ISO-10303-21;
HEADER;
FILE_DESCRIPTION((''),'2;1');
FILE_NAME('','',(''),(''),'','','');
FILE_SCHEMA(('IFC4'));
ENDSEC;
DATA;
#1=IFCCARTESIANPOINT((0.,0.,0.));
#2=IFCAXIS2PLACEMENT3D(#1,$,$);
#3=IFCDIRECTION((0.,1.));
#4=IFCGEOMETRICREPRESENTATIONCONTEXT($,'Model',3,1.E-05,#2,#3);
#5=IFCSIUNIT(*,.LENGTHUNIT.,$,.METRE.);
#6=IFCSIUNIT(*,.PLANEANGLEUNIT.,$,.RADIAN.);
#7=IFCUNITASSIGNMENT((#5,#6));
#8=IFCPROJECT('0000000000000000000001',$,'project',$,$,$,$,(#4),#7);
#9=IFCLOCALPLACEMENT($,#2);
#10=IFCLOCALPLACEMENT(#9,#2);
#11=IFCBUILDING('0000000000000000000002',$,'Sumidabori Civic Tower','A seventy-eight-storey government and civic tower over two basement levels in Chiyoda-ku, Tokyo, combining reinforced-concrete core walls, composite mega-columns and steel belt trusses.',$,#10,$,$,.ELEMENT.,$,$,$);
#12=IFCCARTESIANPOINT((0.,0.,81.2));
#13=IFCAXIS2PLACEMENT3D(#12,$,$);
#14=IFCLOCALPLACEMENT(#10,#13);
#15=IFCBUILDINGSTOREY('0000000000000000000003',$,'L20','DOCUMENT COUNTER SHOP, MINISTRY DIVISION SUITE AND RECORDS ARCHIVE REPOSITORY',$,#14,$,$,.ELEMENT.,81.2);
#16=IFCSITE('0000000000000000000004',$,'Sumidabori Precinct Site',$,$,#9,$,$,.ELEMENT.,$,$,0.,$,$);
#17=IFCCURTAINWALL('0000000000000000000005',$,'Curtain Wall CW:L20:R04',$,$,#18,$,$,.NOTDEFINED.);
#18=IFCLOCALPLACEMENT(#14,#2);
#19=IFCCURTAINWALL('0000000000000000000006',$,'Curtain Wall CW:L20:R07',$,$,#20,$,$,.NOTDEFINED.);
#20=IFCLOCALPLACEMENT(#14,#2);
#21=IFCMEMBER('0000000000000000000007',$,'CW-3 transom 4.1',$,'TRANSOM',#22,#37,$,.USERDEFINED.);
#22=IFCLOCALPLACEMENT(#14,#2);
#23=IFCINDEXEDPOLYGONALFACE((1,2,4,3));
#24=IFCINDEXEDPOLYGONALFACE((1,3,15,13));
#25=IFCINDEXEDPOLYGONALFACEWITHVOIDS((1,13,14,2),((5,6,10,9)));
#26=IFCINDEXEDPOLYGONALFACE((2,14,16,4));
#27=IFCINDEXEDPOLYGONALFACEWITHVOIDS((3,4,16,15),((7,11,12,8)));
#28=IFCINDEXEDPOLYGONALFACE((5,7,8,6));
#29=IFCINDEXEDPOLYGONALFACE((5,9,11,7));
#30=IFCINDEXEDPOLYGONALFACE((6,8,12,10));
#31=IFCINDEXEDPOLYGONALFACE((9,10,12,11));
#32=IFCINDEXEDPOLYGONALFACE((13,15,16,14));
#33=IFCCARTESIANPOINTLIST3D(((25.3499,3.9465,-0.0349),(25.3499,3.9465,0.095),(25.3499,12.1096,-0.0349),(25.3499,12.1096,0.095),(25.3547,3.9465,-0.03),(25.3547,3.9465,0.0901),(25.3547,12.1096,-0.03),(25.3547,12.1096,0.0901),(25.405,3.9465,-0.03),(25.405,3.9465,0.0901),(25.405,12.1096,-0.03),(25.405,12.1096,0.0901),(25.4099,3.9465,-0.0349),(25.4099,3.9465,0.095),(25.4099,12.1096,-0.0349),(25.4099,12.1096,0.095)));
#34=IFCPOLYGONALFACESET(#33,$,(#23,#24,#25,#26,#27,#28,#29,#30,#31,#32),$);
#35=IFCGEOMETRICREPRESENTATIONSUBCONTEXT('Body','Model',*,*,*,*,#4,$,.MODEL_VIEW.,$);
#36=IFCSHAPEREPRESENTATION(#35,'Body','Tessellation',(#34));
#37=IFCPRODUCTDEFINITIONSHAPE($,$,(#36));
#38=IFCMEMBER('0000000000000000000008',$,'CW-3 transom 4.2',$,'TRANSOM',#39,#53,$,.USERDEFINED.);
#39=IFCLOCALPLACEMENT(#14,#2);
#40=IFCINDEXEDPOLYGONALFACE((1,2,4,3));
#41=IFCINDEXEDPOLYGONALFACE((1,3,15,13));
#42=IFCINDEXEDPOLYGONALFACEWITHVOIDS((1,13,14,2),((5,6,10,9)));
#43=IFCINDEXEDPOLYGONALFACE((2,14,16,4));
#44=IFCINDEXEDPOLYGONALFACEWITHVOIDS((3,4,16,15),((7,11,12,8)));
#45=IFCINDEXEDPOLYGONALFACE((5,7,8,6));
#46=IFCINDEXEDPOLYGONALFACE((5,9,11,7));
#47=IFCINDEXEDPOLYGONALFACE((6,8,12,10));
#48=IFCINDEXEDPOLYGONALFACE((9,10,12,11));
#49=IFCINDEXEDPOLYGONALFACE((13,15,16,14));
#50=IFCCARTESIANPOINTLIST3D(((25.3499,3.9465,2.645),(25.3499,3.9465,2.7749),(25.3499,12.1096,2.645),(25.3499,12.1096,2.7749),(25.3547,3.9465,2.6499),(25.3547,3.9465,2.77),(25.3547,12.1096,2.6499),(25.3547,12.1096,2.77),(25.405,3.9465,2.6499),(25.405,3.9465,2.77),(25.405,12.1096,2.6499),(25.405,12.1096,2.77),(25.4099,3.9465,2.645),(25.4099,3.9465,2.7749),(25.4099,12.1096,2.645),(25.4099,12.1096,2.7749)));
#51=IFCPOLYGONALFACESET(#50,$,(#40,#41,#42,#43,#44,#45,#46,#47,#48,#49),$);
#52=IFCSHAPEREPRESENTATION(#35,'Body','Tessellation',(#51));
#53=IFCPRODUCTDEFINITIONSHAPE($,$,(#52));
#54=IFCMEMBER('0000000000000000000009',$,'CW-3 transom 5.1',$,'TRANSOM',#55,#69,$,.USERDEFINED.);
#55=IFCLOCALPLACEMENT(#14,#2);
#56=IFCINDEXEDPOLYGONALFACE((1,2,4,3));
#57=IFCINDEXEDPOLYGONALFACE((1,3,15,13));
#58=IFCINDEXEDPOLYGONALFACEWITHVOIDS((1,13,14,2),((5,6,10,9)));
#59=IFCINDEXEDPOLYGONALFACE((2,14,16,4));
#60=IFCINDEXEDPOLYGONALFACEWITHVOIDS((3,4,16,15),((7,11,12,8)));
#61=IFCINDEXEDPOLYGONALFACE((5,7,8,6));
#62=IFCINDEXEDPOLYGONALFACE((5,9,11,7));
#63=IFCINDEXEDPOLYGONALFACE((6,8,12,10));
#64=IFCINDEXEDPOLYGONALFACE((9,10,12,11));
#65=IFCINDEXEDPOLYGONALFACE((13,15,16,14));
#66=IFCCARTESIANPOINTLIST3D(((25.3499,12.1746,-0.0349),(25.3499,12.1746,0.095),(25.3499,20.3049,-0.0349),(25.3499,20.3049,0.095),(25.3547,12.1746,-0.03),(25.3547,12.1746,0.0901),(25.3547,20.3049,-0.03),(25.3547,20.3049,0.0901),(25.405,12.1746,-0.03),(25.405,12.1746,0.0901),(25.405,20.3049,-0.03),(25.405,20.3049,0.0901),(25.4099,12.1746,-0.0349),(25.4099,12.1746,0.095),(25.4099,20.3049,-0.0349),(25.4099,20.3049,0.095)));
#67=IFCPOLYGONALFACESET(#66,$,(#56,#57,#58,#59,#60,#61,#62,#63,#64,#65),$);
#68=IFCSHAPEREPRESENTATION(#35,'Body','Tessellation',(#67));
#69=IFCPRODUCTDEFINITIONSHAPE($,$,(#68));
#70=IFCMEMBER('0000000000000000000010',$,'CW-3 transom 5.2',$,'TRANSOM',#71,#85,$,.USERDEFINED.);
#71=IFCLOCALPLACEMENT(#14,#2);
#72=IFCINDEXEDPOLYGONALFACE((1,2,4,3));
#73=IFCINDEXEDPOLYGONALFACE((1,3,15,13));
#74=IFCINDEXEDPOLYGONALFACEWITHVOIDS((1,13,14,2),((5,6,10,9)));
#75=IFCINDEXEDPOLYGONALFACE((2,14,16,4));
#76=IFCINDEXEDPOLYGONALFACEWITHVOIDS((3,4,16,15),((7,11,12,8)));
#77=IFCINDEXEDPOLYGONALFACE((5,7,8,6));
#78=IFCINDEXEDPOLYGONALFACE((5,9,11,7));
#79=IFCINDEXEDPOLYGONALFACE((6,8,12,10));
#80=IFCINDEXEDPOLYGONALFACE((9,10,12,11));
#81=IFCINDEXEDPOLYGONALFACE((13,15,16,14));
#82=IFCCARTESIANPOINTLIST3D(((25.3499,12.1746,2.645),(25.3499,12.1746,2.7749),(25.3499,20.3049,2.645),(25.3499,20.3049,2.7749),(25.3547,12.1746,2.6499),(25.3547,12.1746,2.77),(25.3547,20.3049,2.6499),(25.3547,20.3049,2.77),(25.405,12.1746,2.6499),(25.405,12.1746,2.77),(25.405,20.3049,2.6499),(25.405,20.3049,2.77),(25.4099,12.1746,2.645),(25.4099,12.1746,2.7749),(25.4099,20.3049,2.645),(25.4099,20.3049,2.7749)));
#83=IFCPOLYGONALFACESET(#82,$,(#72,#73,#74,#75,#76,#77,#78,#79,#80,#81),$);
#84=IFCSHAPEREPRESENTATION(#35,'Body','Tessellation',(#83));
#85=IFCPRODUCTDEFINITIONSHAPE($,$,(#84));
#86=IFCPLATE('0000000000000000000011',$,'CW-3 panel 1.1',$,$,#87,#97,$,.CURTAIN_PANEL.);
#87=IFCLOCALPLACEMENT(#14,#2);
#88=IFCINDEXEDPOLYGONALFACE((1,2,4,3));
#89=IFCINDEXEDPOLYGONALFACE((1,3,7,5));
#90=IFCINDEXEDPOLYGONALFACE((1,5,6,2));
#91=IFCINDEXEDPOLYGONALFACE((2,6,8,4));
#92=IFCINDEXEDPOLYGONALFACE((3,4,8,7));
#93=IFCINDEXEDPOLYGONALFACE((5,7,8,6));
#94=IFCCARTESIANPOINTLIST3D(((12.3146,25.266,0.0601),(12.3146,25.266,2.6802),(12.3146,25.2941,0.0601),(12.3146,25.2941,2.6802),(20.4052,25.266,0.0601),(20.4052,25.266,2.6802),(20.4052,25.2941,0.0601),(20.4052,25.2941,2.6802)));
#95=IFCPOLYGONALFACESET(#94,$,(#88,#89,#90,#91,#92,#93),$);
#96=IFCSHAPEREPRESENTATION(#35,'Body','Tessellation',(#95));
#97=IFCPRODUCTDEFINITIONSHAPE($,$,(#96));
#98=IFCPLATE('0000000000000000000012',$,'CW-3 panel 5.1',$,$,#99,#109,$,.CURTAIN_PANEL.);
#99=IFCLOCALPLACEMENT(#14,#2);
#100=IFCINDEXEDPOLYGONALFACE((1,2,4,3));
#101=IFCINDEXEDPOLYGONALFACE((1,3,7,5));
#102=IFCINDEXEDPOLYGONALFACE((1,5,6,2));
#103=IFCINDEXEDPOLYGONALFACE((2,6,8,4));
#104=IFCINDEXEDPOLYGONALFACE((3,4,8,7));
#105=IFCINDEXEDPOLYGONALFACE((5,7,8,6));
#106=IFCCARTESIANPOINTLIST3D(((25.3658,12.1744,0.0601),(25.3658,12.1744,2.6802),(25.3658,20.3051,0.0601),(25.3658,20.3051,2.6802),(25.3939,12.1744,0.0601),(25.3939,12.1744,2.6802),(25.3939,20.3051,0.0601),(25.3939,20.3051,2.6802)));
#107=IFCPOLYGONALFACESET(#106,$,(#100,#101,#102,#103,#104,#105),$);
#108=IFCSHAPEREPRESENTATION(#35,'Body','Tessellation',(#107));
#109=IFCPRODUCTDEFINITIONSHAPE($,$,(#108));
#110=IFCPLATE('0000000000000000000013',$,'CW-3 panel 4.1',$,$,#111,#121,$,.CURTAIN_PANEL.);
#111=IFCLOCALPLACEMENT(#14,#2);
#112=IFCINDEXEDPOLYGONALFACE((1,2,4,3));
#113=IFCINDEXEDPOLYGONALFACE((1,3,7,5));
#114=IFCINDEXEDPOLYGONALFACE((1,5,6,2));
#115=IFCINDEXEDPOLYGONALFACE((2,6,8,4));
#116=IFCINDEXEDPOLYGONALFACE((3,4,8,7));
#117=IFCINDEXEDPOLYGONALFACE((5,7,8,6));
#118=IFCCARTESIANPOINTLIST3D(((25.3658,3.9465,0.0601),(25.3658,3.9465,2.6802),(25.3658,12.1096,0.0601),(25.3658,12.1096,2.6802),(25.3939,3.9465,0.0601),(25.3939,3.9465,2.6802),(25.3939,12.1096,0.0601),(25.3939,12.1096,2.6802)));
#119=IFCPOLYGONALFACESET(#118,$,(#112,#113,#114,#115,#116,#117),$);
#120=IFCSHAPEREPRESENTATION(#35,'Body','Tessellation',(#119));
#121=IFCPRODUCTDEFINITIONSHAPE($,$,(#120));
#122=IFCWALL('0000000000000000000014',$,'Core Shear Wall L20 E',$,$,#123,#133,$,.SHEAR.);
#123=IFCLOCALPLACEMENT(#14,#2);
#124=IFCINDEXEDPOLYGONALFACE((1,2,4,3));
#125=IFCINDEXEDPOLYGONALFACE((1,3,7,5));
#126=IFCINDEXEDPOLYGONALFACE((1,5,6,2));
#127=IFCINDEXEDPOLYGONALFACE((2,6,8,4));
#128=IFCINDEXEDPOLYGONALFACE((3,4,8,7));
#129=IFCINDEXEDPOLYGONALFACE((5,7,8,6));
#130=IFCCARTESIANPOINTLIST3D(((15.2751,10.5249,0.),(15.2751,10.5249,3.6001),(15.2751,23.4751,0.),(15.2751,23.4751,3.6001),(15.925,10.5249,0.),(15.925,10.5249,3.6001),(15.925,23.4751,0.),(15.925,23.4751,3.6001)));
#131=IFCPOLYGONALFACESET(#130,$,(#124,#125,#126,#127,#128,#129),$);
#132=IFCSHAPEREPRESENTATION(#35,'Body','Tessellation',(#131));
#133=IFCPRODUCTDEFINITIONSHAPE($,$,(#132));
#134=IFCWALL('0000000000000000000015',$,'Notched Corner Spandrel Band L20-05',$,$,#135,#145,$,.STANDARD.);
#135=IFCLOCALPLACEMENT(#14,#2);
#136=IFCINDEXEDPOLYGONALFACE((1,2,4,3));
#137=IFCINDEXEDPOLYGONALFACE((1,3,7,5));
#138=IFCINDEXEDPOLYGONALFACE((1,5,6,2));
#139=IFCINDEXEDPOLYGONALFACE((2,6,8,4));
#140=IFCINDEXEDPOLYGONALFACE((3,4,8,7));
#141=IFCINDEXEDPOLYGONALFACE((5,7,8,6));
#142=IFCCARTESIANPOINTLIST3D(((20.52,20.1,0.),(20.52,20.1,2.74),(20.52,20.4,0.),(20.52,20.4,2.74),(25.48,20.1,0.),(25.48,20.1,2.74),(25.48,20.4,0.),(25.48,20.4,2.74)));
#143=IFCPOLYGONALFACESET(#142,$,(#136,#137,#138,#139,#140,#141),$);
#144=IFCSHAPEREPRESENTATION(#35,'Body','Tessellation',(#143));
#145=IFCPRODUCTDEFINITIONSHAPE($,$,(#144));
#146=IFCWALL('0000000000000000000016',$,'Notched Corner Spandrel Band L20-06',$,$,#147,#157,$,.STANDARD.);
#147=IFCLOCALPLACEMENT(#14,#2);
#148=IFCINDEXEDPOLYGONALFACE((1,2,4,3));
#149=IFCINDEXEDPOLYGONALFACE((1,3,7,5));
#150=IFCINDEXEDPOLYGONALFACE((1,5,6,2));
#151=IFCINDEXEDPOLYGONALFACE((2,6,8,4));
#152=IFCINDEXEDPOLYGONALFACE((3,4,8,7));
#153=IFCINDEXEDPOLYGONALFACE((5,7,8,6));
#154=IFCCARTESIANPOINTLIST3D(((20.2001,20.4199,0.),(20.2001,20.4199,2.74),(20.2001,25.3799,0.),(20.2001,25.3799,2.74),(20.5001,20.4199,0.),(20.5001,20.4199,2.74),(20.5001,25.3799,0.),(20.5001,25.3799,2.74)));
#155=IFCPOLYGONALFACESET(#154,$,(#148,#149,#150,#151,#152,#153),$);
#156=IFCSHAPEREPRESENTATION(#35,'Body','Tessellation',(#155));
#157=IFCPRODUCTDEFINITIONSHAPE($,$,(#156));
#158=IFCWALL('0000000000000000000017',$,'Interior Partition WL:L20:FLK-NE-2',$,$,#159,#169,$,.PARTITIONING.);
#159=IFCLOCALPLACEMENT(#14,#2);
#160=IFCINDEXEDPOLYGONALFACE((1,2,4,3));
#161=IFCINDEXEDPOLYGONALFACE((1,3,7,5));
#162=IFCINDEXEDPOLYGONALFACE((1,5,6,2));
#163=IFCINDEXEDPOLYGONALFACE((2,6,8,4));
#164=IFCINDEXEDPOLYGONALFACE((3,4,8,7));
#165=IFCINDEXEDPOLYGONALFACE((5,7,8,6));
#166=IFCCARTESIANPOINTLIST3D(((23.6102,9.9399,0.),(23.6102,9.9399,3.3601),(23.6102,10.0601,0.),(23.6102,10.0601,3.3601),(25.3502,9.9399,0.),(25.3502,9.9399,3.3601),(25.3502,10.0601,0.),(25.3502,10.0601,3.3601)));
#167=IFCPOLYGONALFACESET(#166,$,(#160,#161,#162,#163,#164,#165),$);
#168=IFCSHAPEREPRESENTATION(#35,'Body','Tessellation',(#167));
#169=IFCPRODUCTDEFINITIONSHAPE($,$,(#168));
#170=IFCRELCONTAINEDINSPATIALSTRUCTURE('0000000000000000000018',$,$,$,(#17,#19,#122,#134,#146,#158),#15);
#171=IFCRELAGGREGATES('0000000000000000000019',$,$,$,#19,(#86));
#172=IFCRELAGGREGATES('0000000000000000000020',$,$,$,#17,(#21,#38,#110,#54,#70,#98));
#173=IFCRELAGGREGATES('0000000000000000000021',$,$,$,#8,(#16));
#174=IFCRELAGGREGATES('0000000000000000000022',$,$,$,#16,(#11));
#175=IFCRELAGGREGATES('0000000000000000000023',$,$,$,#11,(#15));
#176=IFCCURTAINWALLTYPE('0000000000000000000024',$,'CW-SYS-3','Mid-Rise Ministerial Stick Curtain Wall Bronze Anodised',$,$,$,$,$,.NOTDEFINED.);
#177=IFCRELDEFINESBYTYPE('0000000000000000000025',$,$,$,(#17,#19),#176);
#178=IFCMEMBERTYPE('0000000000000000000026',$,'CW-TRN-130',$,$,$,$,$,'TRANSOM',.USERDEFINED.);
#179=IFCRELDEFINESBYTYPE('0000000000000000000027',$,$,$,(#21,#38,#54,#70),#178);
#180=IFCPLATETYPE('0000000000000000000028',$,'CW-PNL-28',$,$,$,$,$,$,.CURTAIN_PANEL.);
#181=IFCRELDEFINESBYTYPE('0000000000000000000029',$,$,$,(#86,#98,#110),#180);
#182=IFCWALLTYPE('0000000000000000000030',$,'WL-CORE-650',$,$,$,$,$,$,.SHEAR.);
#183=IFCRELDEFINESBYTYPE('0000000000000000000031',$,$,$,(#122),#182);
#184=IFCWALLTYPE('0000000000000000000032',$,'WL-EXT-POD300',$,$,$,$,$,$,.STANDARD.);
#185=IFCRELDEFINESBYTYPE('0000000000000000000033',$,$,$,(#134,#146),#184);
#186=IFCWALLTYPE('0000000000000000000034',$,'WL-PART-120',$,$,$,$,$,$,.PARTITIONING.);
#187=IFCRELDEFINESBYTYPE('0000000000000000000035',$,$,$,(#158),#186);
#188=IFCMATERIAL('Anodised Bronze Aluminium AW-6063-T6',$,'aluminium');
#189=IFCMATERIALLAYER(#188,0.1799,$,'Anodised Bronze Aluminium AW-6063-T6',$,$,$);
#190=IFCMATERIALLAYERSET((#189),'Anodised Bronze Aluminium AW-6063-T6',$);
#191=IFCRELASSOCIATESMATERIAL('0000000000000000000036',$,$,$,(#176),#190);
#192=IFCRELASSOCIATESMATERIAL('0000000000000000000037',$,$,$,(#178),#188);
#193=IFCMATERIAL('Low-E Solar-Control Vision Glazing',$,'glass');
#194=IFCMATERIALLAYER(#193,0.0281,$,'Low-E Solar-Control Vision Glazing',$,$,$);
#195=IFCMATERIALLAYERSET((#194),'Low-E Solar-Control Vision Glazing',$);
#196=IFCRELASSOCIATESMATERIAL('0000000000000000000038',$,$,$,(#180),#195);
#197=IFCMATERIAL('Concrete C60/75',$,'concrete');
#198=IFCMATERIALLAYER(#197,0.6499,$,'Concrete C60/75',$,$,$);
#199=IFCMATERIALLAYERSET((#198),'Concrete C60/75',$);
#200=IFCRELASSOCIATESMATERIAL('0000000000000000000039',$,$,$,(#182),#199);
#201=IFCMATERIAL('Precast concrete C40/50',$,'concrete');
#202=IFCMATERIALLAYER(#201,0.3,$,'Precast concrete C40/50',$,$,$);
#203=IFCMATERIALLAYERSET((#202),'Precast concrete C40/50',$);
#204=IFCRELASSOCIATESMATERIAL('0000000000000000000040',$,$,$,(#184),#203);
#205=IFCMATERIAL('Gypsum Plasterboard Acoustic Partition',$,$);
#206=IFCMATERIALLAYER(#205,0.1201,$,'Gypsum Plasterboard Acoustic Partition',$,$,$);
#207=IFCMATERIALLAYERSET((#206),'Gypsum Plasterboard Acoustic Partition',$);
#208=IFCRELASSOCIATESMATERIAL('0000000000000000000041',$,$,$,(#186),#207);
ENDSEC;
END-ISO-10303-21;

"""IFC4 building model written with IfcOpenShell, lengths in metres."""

from ifc_helpers import new_model, si_unit, direction, frame, frame_2d, origin, origin_2d, place, context, subcontext, project, spatial, rectangle, hollow_rectangle, extrude, source, transform, mapped, material, layer, layer_set, material_profile, profile_set, type_object, element, aggregate, save


model = new_model("IFC4")

# Units and contexts
model_context = context("Model", 3, precision=1e-05, world=origin(), true_north=direction((0.0, 1.0)))
body_context = subcontext(model_context, "Body", "Model", "MODEL_VIEW")
ifc_project = project(units=[si_unit("LENGTHUNIT", "METRE"), si_unit("PLANEANGLEUNIT", "RADIAN")], contexts=[model_context])

# Site, building, storey
site_placement = place(None, origin())
site = spatial("IfcSite", under=ifc_project, at=site_placement, Name="Sumidabori Precinct Site", CompositionType="ELEMENT", RefElevation=0.0)
building_placement = place(site_placement, origin())
building = spatial("IfcBuilding", under=site, at=building_placement, Name="Sumidabori Civic Tower", Description="A seventy-eight-storey government and civic tower over two basement levels in Chiyoda-ku, Tokyo, combining reinforced-concrete core walls, composite mega-columns and steel belt trusses.", CompositionType="ELEMENT")
storey_placement = place(building_placement, frame((0.0, 0.0, 81.2)))
storey = spatial("IfcBuildingStorey", under=building, at=storey_placement, Name="L20", Description="DOCUMENT COUNTER SHOP, MINISTRY DIVISION SUITE AND RECORDS ARCHIVE REPOSITORY", CompositionType="ELEMENT", Elevation=81.2)

# Shared definitions
ifc_material_1 = material(Name="Concrete C60/75", Category="concrete")

# Curtain walls
ifc_material_2 = material(Name="Anodised Bronze Aluminium AW-6063-T6", Category="aluminium")
ifc_layer_1 = layer(ifc_material_2, 0.1799, Name="Anodised Bronze Aluminium AW-6063-T6")
ifc_layer_set_1 = layer_set([ifc_layer_1], Name="Anodised Bronze Aluminium AW-6063-T6")
curtain_wall_type = type_object("IfcCurtainWallType", Name="CW-SYS-3", Description="Mid-Rise Ministerial Stick Curtain Wall Bronze Anodised", PredefinedType="NOTDEFINED", material=ifc_layer_set_1)
curtain_wall_1_placement = place(storey_placement, origin())
curtain_wall_1 = element("IfcCurtainWall", 1, at=curtain_wall_1_placement, inside=storey, type_object=curtain_wall_type, Name="Curtain Wall CW:L20:R04", PredefinedType="NOTDEFINED")
curtain_wall_2_placement = place(storey_placement, origin())
curtain_wall_2 = element("IfcCurtainWall", 2, at=curtain_wall_2_placement, inside=storey, type_object=curtain_wall_type, Name="Curtain Wall CW:L20:R07", PredefinedType="NOTDEFINED")
ifc_material_profile_1 = material_profile(ifc_material_2, hollow_rectangle(XDim=0.0601, YDim=0.1299, WallThickness=0.0049, at=origin_2d()), Name="ALU TRANSOM 130x60")
ifc_profile_set_1 = profile_set([ifc_material_profile_1], Name="Anodised Bronze Aluminium AW-6063-T6")
member_type_1 = type_object("IfcMemberType", Name="CW-TRN-130", ElementType="TRANSOM", PredefinedType="USERDEFINED", material=ifc_profile_set_1)

# Members
shared_shape_1 = source(origin(), body_context, "Body", "SweptSolid", [
    extrude(hollow_rectangle(XDim=0.0601, YDim=0.1299, WallThickness=0.0049, at=origin_2d()), origin(), (0.0, 0.0, 1.0), 8.1631),
])
member_1_placement = place(storey_placement, frame((25.3799, 3.9465, 0.03), z_axis=(0.0, 1.0, 0.0), x_axis=(-1.0, 0.0, 0.0)))
member_1 = element("IfcMember", 3, at=member_1_placement, type_object=member_type_1, Name="CW-3 transom 4.1", ObjectType="TRANSOM", PredefinedType="USERDEFINED", context=body_context, shape_type="MappedRepresentation", body=[
    mapped(shared_shape_1, transform((0.0, 0.0, 0.0), x_axis=(1.0, 0.0, 0.0), y_axis=(0.0, 1.0, 0.0), z_axis=(0.0, 0.0, 1.0), scale=1.0)),
])
member_2_placement = place(storey_placement, frame((25.3799, 3.9465, 2.71), z_axis=(0.0, 1.0, 0.0), x_axis=(-1.0, 0.0, 0.0)))
member_2 = element("IfcMember", 4, at=member_2_placement, type_object=member_type_1, Name="CW-3 transom 4.2", ObjectType="TRANSOM", PredefinedType="USERDEFINED", context=body_context, shape_type="MappedRepresentation", body=[
    mapped(shared_shape_1, transform((0.0, 0.0, 0.0), x_axis=(1.0, 0.0, 0.0), y_axis=(0.0, 1.0, 0.0), z_axis=(0.0, 0.0, 1.0), scale=1.0)),
])
shared_shape_2 = source(origin(), body_context, "Body", "SweptSolid", [
    extrude(hollow_rectangle(XDim=0.0601, YDim=0.1299, WallThickness=0.0049, at=origin_2d()), origin(), (0.0, 0.0, 1.0), 8.1304),
])
member_3_placement = place(storey_placement, frame((25.3799, 12.1746, 0.03), z_axis=(0.0, 1.0, 0.0), x_axis=(-1.0, 0.0, 0.0)))
member_3 = element("IfcMember", 5, at=member_3_placement, type_object=member_type_1, Name="CW-3 transom 5.1", ObjectType="TRANSOM", PredefinedType="USERDEFINED", context=body_context, shape_type="MappedRepresentation", body=[
    mapped(shared_shape_2, transform((0.0, 0.0, 0.0), x_axis=(1.0, 0.0, 0.0), y_axis=(0.0, 1.0, 0.0), z_axis=(0.0, 0.0, 1.0), scale=1.0)),
])
member_4_placement = place(storey_placement, frame((25.3799, 12.1746, 2.71), z_axis=(0.0, 1.0, 0.0), x_axis=(-1.0, 0.0, 0.0)))
member_4 = element("IfcMember", 6, at=member_4_placement, type_object=member_type_1, Name="CW-3 transom 5.2", ObjectType="TRANSOM", PredefinedType="USERDEFINED", context=body_context, shape_type="MappedRepresentation", body=[
    mapped(shared_shape_2, transform((0.0, 0.0, 0.0), x_axis=(1.0, 0.0, 0.0), y_axis=(0.0, 1.0, 0.0), z_axis=(0.0, 0.0, 1.0), scale=1.0)),
])

# Plates
ifc_material_3 = material(Name="Low-E Solar-Control Vision Glazing", Category="glass")
ifc_layer_2 = layer(ifc_material_3, 0.0281, Name="Low-E Solar-Control Vision Glazing")
ifc_layer_set_2 = layer_set([ifc_layer_2], Name="Low-E Solar-Control Vision Glazing")
plate_type = type_object("IfcPlateType", Name="CW-PNL-28", PredefinedType="CURTAIN_PANEL", material=ifc_layer_set_2)
shared_shape_3 = source(origin(), body_context, "Body", "SweptSolid", [
    extrude(rectangle(XDim=8.0906, YDim=0.0281, at=origin_2d()), origin(), (0.0, 0.0, 1.0), 2.6201),
])
plate_1_placement = place(storey_placement, frame((16.3599, 25.28, 0.0601), z_axis=(0.0, 0.0, 1.0), x_axis=(-1.0, 0.0, 0.0)))
plate_1 = element("IfcPlate", 7, at=plate_1_placement, type_object=plate_type, Name="CW-3 panel 1.1", PredefinedType="CURTAIN_PANEL", context=body_context, shape_type="MappedRepresentation", body=[
    mapped(shared_shape_3, transform((0.0, 0.0, 0.0), x_axis=(1.0, 0.0, 0.0), y_axis=(0.0, 1.0, 0.0), z_axis=(0.0, 0.0, 1.0), scale=1.0)),
])
aggregate(curtain_wall_2, [plate_1])
shared_shape_4 = source(origin(), body_context, "Body", "SweptSolid", [
    extrude(rectangle(XDim=8.1306, YDim=0.0281, at=origin_2d()), origin(), (0.0, 0.0, 1.0), 2.6201),
])
plate_2_placement = place(storey_placement, frame((25.3799, 16.2397, 0.0601), z_axis=(0.0, 0.0, 1.0), x_axis=(0.0, 1.0, 0.0)))
plate_2 = element("IfcPlate", 8, at=plate_2_placement, type_object=plate_type, Name="CW-3 panel 5.1", PredefinedType="CURTAIN_PANEL", context=body_context, shape_type="MappedRepresentation", body=[
    mapped(shared_shape_4, transform((0.0, 0.0, 0.0), x_axis=(1.0, 0.0, 0.0), y_axis=(0.0, 1.0, 0.0), z_axis=(0.0, 0.0, 1.0), scale=1.0)),
])
shared_shape_5 = source(origin(), body_context, "Body", "SweptSolid", [
    extrude(rectangle(XDim=8.1631, YDim=0.0281, at=origin_2d()), origin(), (0.0, 0.0, 1.0), 2.6201),
])
plate_3_placement = place(storey_placement, frame((25.3799, 8.0281, 0.0601), z_axis=(0.0, 0.0, 1.0), x_axis=(0.0, 1.0, 0.0)))
plate_3 = element("IfcPlate", 9, at=plate_3_placement, type_object=plate_type, Name="CW-3 panel 4.1", PredefinedType="CURTAIN_PANEL", context=body_context, shape_type="MappedRepresentation", body=[
    mapped(shared_shape_5, transform((0.0, 0.0, 0.0), x_axis=(1.0, 0.0, 0.0), y_axis=(0.0, 1.0, 0.0), z_axis=(0.0, 0.0, 1.0), scale=1.0)),
])
aggregate(curtain_wall_1, [member_1, member_2, plate_3, member_3, member_4, plate_2])

# Walls
ifc_layer_3 = layer(ifc_material_1, 0.6499, Name="Concrete C60/75")
ifc_layer_set_3 = layer_set([ifc_layer_3], Name="Concrete C60/75")
wall_type_1 = type_object("IfcWallType", Name="WL-CORE-650", PredefinedType="SHEAR", material=ifc_layer_set_3)
shared_shape_6 = source(origin(), body_context, "Body", "SweptSolid", [
    extrude(rectangle(XDim=12.9502, YDim=0.6499, at=frame_2d((6.4751, 0.0))), origin(), (0.0, 0.0, 1.0), 3.6001),
])
wall_1_placement = place(storey_placement, frame((15.6001, 10.5249, 0.0), z_axis=(0.0, 0.0, 1.0), x_axis=(0.0, 1.0, 0.0)))
element("IfcWall", 10, at=wall_1_placement, inside=storey, type_object=wall_type_1, Name="Core Shear Wall L20 E", PredefinedType="SHEAR", context=body_context, shape_type="MappedRepresentation", body=[
    mapped(shared_shape_6, transform((0.0, 0.0, 0.0), x_axis=(1.0, 0.0, 0.0), y_axis=(0.0, 1.0, 0.0), z_axis=(0.0, 0.0, 1.0), scale=1.0)),
])
ifc_material_4 = material(Name="Precast concrete C40/50", Category="concrete")
ifc_layer_4 = layer(ifc_material_4, 0.3, Name="Precast concrete C40/50")
ifc_layer_set_4 = layer_set([ifc_layer_4], Name="Precast concrete C40/50")
wall_type_2 = type_object("IfcWallType", Name="WL-EXT-POD300", PredefinedType="STANDARD", material=ifc_layer_set_4)
shared_shape_7 = source(origin(), body_context, "Body", "SweptSolid", [
    extrude(rectangle(XDim=4.96, YDim=0.3, at=frame_2d((2.48, 0.0))), origin(), (0.0, 0.0, 1.0), 2.74),
])
for number, where, z_axis, x_axis, name in (
    (11, (25.48, 20.25, 0.0), (0.0, 0.0, 1.0), (-1.0, 0.0, 0.0), "Notched Corner Spandrel Band L20-05"),
    (12, (20.3501, 20.4199, 0.0), (0.0, 0.0, 1.0), (0.0, 1.0, 0.0), "Notched Corner Spandrel Band L20-06"),
):
    element("IfcWall", number, at=place(storey_placement, frame(where, z_axis=z_axis, x_axis=x_axis)), inside=storey, type_object=wall_type_2, Name=name, PredefinedType="STANDARD", context=body_context, shape_type="MappedRepresentation", body=[
        mapped(shared_shape_7, transform((0.0, 0.0, 0.0), x_axis=(1.0, 0.0, 0.0), y_axis=(0.0, 1.0, 0.0), z_axis=(0.0, 0.0, 1.0), scale=1.0)),
    ])
ifc_material_5 = material(Name="Gypsum Plasterboard Acoustic Partition")
ifc_layer_5 = layer(ifc_material_5, 0.1201, Name="Gypsum Plasterboard Acoustic Partition")
ifc_layer_set_5 = layer_set([ifc_layer_5], Name="Gypsum Plasterboard Acoustic Partition")
wall_type_3 = type_object("IfcWallType", Name="WL-PART-120", PredefinedType="PARTITIONING", material=ifc_layer_set_5)
shared_shape_8 = source(origin(), body_context, "Body", "SweptSolid", [
    extrude(rectangle(XDim=1.74, YDim=0.1201, at=frame_2d((0.8701, 0.0))), origin(), (0.0, 0.0, 1.0), 3.3601),
])
wall_2_placement = place(storey_placement, frame((23.6101, 10.0, 0.0), z_axis=(0.0, 0.0, 1.0), x_axis=(1.0, 0.0, 0.0)))
element("IfcWall", 13, at=wall_2_placement, inside=storey, type_object=wall_type_3, Name="Interior Partition WL:L20:FLK-NE-2", PredefinedType="PARTITIONING", context=body_context, shape_type="MappedRepresentation", body=[
    mapped(shared_shape_8, transform((0.0, 0.0, 0.0), x_axis=(1.0, 0.0, 0.0), y_axis=(0.0, 1.0, 0.0), z_axis=(0.0, 0.0, 1.0), scale=1.0)),
])

save(model, "model.ifc")
